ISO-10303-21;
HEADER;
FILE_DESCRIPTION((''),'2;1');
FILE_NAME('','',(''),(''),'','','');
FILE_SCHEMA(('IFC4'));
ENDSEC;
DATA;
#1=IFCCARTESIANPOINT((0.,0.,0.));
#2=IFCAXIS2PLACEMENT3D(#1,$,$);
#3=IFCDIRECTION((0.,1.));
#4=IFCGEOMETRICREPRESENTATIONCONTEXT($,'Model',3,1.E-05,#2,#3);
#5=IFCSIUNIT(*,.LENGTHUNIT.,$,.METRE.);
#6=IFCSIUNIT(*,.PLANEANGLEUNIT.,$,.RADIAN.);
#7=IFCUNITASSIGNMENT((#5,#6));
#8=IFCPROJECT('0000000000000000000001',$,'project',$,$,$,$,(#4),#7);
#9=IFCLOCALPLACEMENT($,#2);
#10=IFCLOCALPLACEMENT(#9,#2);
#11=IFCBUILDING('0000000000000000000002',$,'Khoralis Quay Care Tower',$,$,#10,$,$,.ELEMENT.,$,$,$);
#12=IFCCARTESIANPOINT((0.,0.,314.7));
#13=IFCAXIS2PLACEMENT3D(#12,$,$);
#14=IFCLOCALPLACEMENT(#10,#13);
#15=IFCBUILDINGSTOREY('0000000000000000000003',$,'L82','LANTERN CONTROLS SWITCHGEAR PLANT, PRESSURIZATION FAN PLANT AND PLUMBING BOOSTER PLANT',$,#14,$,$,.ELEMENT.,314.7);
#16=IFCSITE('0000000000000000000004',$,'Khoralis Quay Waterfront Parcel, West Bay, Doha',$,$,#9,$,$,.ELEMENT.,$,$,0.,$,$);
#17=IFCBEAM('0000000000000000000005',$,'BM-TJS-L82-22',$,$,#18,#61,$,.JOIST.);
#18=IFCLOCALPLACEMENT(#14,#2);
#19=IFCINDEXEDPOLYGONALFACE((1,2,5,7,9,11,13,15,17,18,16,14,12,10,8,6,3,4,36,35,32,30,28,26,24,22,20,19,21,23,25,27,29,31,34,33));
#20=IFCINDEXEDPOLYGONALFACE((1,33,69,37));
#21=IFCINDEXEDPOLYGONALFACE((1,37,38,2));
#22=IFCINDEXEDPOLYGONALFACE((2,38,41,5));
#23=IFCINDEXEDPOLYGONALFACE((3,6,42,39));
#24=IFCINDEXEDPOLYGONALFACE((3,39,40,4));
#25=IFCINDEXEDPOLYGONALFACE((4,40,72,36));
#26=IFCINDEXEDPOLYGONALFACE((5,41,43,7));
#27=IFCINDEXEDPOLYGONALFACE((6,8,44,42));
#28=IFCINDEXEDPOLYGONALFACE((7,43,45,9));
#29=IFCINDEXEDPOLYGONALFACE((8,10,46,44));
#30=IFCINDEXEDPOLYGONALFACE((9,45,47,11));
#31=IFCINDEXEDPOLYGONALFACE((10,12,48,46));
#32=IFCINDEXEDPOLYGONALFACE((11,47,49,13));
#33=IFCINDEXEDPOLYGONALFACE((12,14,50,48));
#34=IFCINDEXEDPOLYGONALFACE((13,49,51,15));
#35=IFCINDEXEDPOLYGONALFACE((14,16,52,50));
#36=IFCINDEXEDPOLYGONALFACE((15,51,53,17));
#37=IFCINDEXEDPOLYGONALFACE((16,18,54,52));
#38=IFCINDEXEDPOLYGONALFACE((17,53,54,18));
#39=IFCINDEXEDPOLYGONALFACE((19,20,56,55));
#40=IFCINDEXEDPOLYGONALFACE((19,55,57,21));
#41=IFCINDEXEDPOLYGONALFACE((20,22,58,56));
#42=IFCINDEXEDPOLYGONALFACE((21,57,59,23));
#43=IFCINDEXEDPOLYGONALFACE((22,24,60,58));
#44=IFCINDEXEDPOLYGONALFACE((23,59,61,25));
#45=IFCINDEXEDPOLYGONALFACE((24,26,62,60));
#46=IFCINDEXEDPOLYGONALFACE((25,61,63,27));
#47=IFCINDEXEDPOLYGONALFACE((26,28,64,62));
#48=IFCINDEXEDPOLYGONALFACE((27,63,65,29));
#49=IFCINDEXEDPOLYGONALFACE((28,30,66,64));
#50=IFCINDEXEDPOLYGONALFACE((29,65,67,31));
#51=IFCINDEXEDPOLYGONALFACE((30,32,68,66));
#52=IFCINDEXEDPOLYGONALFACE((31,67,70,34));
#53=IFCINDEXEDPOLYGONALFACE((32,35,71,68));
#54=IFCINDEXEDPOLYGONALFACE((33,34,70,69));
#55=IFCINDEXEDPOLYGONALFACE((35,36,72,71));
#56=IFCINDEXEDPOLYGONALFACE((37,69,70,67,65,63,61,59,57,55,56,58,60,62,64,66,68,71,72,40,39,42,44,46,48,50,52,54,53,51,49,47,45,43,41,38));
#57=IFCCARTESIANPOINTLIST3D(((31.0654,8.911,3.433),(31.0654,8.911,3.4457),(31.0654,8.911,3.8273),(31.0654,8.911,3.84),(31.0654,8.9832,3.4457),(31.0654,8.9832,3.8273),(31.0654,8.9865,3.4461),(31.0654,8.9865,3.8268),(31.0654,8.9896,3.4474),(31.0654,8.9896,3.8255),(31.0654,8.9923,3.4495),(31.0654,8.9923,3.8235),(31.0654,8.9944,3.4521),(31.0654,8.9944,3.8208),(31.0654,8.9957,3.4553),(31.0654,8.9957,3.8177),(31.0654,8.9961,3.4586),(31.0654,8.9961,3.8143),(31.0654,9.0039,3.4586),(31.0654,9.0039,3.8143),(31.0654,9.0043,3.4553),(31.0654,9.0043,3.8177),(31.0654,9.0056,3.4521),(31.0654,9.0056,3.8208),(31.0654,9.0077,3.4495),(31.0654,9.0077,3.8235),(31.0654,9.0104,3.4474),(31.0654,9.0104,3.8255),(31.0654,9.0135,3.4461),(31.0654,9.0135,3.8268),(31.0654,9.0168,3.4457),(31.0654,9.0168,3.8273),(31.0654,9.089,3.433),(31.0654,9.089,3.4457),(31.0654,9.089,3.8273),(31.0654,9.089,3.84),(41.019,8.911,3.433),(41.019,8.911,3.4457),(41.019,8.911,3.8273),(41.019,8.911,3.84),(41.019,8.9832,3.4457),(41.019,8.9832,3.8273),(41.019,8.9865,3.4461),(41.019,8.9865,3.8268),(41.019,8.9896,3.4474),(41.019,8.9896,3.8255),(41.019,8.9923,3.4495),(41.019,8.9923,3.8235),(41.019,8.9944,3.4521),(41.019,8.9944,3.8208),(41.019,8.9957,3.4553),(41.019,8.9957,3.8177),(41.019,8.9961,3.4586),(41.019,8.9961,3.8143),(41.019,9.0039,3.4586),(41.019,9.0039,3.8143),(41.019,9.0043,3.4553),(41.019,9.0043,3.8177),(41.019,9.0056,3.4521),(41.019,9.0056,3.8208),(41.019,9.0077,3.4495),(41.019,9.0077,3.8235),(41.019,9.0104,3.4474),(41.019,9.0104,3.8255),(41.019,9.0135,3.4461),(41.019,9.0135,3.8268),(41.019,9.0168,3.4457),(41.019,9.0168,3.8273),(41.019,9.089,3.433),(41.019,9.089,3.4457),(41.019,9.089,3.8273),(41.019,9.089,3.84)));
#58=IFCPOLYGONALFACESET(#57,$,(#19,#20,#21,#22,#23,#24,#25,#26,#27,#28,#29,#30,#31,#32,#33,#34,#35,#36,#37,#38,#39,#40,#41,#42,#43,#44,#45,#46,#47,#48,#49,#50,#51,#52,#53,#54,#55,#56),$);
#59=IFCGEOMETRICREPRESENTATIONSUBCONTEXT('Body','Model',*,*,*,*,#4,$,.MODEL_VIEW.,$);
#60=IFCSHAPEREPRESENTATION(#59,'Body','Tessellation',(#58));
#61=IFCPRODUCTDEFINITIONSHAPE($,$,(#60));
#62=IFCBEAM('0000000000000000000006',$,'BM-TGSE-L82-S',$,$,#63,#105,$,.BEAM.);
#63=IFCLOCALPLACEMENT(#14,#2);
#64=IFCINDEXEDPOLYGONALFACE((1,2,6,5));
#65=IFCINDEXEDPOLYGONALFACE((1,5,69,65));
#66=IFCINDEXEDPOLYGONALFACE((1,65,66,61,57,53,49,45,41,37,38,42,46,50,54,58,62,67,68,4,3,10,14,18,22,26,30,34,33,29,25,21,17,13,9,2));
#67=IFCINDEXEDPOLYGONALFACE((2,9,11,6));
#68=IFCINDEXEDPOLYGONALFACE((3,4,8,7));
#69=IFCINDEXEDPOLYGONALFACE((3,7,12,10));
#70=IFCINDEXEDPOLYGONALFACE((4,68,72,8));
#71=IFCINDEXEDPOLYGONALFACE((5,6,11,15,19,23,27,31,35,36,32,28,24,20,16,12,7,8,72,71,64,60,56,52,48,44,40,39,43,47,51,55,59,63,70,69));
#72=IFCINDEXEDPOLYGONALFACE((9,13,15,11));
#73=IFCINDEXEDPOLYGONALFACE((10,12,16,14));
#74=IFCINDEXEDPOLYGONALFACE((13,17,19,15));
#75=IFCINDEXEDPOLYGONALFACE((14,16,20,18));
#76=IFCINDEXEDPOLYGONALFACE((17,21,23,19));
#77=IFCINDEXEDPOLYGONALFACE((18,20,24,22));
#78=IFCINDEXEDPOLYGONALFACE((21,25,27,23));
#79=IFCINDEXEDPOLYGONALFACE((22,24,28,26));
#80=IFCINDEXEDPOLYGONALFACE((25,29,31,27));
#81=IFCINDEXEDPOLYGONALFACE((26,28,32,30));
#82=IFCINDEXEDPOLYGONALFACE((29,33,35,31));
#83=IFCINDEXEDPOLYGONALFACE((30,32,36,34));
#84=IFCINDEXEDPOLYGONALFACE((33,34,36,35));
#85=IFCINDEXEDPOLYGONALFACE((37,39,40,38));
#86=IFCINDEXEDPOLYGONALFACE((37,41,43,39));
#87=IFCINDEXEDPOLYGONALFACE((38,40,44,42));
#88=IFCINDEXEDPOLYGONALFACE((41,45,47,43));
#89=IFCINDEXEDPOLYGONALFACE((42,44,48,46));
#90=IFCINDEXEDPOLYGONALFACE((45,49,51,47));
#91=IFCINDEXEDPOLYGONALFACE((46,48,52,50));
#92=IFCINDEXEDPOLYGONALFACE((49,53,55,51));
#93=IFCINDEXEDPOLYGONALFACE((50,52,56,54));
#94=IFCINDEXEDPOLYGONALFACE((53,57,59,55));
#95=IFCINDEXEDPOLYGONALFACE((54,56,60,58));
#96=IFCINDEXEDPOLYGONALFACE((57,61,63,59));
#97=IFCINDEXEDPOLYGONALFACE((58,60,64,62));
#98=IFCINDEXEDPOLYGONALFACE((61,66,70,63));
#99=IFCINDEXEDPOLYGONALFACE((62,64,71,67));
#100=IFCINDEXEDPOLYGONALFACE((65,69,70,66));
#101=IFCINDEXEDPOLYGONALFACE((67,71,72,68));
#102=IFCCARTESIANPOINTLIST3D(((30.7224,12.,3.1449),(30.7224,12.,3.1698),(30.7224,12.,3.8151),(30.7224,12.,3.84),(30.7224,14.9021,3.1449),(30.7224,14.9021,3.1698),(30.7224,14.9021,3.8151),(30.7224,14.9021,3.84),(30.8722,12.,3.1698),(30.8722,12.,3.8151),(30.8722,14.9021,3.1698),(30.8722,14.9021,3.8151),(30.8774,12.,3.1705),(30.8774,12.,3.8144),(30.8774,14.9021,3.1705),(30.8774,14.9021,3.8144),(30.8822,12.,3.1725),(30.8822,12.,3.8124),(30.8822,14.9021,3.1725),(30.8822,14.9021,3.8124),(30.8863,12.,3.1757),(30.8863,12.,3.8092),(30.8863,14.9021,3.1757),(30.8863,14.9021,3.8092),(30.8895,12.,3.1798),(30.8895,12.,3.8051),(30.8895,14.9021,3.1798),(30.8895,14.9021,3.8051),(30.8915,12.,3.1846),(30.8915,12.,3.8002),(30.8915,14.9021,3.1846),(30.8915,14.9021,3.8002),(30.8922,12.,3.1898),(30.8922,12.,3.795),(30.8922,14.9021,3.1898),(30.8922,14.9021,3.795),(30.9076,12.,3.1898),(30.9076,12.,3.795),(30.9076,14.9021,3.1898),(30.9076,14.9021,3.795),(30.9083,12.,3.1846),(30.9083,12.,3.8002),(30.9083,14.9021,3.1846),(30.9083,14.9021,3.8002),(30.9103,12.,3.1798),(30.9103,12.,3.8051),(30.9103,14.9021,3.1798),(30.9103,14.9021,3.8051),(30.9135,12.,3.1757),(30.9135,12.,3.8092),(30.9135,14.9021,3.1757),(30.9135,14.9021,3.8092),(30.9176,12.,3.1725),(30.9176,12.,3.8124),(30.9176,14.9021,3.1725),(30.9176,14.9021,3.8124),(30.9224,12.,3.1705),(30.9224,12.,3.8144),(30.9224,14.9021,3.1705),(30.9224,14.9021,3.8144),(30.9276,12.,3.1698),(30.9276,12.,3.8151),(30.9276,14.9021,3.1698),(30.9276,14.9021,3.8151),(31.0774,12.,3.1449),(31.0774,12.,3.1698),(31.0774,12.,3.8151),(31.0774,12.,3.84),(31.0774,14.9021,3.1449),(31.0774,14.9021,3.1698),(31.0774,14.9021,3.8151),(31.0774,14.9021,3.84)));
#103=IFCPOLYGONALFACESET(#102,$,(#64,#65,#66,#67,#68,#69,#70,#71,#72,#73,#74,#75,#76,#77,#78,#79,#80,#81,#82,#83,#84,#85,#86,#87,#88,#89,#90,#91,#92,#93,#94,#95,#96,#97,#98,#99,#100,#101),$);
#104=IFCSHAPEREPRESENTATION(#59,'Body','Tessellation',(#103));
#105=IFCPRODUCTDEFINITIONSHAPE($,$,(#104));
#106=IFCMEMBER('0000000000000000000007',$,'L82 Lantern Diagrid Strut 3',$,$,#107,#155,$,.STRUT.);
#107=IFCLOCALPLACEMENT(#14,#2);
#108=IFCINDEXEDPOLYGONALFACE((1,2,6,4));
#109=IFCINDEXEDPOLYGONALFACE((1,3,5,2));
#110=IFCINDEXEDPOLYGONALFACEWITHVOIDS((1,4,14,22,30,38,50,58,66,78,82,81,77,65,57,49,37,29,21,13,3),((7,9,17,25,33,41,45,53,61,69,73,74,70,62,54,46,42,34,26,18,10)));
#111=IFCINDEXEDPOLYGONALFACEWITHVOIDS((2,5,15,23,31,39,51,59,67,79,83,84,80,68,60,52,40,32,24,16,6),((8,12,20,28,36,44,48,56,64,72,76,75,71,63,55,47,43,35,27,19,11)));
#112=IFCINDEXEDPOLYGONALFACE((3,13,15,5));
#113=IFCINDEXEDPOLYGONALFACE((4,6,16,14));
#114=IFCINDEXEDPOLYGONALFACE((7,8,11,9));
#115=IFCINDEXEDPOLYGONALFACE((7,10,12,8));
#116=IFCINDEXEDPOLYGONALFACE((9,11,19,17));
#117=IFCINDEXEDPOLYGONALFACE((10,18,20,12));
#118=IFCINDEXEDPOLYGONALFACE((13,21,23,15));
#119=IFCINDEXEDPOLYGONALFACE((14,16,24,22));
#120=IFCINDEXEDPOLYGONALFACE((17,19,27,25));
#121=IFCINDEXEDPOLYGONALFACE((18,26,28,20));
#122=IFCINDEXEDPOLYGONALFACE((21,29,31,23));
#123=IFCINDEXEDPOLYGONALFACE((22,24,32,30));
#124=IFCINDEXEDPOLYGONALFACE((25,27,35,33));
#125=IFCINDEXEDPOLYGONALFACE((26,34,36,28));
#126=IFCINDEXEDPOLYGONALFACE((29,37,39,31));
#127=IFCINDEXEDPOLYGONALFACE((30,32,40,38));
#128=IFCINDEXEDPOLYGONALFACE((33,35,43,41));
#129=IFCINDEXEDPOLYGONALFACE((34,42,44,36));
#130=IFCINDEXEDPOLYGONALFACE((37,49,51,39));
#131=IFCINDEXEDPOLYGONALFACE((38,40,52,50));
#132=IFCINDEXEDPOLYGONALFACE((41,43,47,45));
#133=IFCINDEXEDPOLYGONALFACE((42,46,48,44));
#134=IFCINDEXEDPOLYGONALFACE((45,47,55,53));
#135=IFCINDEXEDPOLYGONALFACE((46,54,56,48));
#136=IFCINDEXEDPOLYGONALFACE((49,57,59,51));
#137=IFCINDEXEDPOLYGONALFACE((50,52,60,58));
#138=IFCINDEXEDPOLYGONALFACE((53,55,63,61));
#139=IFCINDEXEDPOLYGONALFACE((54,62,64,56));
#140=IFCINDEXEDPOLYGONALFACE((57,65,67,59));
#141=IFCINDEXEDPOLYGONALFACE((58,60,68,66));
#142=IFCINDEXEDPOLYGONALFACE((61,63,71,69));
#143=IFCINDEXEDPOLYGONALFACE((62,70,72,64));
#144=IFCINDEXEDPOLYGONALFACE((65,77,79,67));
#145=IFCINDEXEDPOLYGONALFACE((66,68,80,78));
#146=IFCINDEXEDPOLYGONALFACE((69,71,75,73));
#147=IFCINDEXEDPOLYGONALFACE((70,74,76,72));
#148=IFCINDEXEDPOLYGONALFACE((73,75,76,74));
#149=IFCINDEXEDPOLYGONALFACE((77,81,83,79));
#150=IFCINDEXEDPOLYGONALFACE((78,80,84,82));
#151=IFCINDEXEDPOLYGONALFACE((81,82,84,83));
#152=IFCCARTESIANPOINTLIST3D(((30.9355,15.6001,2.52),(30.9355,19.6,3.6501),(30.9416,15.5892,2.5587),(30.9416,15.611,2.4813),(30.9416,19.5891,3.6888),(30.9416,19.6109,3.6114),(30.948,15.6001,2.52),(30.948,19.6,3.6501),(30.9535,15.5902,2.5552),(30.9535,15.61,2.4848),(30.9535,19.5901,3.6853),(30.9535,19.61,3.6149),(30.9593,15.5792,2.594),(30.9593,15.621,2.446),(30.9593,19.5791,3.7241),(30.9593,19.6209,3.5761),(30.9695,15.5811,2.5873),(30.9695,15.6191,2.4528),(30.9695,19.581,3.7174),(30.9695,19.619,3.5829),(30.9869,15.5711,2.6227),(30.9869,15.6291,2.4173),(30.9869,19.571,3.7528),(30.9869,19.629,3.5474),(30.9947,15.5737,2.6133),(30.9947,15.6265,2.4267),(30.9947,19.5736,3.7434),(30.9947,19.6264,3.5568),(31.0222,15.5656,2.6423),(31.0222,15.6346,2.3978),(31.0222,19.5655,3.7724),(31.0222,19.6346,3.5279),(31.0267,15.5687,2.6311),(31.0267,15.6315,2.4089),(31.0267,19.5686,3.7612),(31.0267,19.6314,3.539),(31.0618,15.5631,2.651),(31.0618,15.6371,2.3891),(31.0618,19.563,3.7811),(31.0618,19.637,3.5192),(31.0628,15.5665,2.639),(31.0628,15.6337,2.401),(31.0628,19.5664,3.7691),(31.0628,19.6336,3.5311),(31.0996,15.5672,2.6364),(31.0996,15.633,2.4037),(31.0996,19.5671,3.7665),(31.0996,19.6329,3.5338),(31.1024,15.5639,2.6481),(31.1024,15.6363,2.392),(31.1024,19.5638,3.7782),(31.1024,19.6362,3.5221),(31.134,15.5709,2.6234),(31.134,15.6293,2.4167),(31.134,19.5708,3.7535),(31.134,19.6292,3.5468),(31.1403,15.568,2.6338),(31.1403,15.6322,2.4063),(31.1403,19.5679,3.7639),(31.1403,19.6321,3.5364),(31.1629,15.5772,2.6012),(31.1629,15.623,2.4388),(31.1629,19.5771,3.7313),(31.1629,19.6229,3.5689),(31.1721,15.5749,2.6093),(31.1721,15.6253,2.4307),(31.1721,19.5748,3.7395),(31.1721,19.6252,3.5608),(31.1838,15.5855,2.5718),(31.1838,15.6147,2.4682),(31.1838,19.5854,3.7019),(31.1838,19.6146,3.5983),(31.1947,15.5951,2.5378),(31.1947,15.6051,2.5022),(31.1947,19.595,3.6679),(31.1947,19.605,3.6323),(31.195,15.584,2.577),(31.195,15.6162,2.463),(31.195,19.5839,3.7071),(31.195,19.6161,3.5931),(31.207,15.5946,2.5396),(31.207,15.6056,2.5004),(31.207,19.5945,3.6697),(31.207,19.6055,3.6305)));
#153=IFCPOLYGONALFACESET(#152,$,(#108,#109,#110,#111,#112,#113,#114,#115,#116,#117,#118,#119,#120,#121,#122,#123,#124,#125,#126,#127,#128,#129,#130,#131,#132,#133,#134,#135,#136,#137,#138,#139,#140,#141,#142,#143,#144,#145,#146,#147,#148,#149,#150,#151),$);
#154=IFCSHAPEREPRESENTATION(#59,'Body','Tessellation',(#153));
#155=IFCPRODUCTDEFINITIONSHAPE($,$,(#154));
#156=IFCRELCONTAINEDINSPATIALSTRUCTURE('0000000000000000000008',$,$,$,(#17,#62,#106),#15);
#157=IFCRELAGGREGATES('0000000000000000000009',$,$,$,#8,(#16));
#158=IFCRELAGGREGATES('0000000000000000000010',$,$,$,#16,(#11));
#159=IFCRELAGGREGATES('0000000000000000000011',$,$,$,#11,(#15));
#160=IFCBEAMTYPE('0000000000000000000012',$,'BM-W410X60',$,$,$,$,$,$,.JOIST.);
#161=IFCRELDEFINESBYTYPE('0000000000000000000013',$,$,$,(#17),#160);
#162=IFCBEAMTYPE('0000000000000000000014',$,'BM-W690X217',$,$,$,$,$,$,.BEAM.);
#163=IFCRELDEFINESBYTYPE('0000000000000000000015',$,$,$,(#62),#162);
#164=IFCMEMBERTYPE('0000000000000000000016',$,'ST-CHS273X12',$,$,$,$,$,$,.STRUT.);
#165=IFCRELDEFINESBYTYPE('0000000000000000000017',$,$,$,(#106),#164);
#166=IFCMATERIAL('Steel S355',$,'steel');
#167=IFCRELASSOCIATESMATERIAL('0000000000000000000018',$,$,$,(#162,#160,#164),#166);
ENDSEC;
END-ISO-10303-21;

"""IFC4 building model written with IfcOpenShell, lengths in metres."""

from ifc_helpers import new_model, si_unit, direction, frame, origin, origin_2d, place, context, subcontext, project, spatial, hollow_circle, i_section, extrude, source, transform, mapped, material, material_profile, profile_set, type_object, element, save


model = new_model("IFC4")

# Units and contexts
model_context = context("Model", 3, precision=1e-05, world=origin(), true_north=direction((0.0, 1.0)))
body_context = subcontext(model_context, "Body", "Model", "MODEL_VIEW")
ifc_project = project(units=[si_unit("LENGTHUNIT", "METRE"), si_unit("PLANEANGLEUNIT", "RADIAN")], contexts=[model_context])

# Site, building, storey
site_placement = place(None, origin())
site = spatial("IfcSite", under=ifc_project, at=site_placement, Name="Khoralis Quay Waterfront Parcel, West Bay, Doha", CompositionType="ELEMENT", RefElevation=0.0)
building_placement = place(site_placement, origin())
building = spatial("IfcBuilding", under=site, at=building_placement, Name="Khoralis Quay Care Tower", CompositionType="ELEMENT")
storey_placement = place(building_placement, frame((0.0, 0.0, 314.7)))
storey = spatial("IfcBuildingStorey", under=building, at=storey_placement, Name="L82", Description="LANTERN CONTROLS SWITCHGEAR PLANT, PRESSURIZATION FAN PLANT AND PLUMBING BOOSTER PLANT", CompositionType="ELEMENT", Elevation=314.7)

# Shared definitions
ifc_material_1 = material(Name="Steel S355", Category="steel")

# Beams
ifc_material_profile_1 = material_profile(ifc_material_1, i_section(OverallWidth=0.355, OverallDepth=0.6951, WebThickness=0.0154, FlangeThickness=0.0249, FilletRadius=0.02, at=origin_2d()), Name="Steel S355")
ifc_profile_set_1 = profile_set([ifc_material_profile_1], Name="Steel S355")
beam_type_1 = type_object("IfcBeamType", Name="BM-W690X217", PredefinedType="BEAM", material=ifc_profile_set_1)
ifc_material_profile_2 = material_profile(ifc_material_1, i_section(OverallWidth=0.178, OverallDepth=0.407, WebThickness=0.0078, FlangeThickness=0.0127, FilletRadius=0.0129, at=origin_2d()), Name="Steel S355")
ifc_profile_set_2 = profile_set([ifc_material_profile_2], Name="Steel S355")
beam_type_2 = type_object("IfcBeamType", Name="BM-W410X60", PredefinedType="JOIST", material=ifc_profile_set_2)
shared_shape_1 = source(origin(), body_context, "Body", "SweptSolid", [
    extrude(i_section(OverallWidth=0.178, OverallDepth=0.407, WebThickness=0.0078, FlangeThickness=0.0127, FilletRadius=0.0129, at=origin_2d()), origin(), (0.0, 0.0, 1.0), 9.9536),
])
beam_1_placement = place(storey_placement, frame((31.0654, 9.0, 3.6365), z_axis=(1.0, 0.0, 0.0), x_axis=(0.0, 1.0, 0.0)))
element("IfcBeam", 1, at=beam_1_placement, inside=storey, type_object=beam_type_2, Name="BM-TJS-L82-22", PredefinedType="JOIST", context=body_context, shape_type="MappedRepresentation", body=[
    mapped(shared_shape_1, transform((0.0, 0.0, 0.0), scale=1.0)),
])
shared_shape_2 = source(origin(), body_context, "Body", "SweptSolid", [
    extrude(i_section(OverallWidth=0.355, OverallDepth=0.6951, WebThickness=0.0154, FlangeThickness=0.0249, FilletRadius=0.02, at=origin_2d()), origin(), (0.0, 0.0, 1.0), 2.9021),
])
beam_2_placement = place(storey_placement, frame((30.8999, 12.0, 3.4924), z_axis=(0.0, 1.0, 0.0), x_axis=(-1.0, 0.0, 0.0)))
element("IfcBeam", 2, at=beam_2_placement, inside=storey, type_object=beam_type_1, Name="BM-TGSE-L82-S", PredefinedType="BEAM", context=body_context, shape_type="MappedRepresentation", body=[
    mapped(shared_shape_2, transform((0.0, 0.0, 0.0), scale=1.0)),
])

# Member
ifc_material_profile_3 = material_profile(ifc_material_1, hollow_circle(Radius=0.1365, WallThickness=0.0125, at=origin_2d()), Name="Steel S355")
ifc_profile_set_3 = profile_set([ifc_material_profile_3], Name="Steel S355")
member_type = type_object("IfcMemberType", Name="ST-CHS273X12", PredefinedType="STRUT", material=ifc_profile_set_3)
shared_shape_3 = source(origin(), body_context, "Body", "SweptSolid", [
    extrude(hollow_circle(Radius=0.1365, WallThickness=0.0125, at=origin_2d()), origin(), (0.0, 0.0, 1.0), 4.1565),
])
for number, where, z_axis, x_axis, name in (
    (3, (31.072, 15.6001, 2.52), (0.0, 0.962329, 0.271888), (-1.0, 0.0, 0.0), "L82 Lantern Diagrid Strut 3"),
):
    element("IfcMember", number, at=place(storey_placement, frame(where, z_axis=z_axis, x_axis=x_axis)), inside=storey, type_object=member_type, Name=name, PredefinedType="STRUT", context=body_context, shape_type="MappedRepresentation", body=[
        mapped(shared_shape_3, transform((0.0, 0.0, 0.0), scale=1.0)),
    ])

save(model, "model.ifc")
